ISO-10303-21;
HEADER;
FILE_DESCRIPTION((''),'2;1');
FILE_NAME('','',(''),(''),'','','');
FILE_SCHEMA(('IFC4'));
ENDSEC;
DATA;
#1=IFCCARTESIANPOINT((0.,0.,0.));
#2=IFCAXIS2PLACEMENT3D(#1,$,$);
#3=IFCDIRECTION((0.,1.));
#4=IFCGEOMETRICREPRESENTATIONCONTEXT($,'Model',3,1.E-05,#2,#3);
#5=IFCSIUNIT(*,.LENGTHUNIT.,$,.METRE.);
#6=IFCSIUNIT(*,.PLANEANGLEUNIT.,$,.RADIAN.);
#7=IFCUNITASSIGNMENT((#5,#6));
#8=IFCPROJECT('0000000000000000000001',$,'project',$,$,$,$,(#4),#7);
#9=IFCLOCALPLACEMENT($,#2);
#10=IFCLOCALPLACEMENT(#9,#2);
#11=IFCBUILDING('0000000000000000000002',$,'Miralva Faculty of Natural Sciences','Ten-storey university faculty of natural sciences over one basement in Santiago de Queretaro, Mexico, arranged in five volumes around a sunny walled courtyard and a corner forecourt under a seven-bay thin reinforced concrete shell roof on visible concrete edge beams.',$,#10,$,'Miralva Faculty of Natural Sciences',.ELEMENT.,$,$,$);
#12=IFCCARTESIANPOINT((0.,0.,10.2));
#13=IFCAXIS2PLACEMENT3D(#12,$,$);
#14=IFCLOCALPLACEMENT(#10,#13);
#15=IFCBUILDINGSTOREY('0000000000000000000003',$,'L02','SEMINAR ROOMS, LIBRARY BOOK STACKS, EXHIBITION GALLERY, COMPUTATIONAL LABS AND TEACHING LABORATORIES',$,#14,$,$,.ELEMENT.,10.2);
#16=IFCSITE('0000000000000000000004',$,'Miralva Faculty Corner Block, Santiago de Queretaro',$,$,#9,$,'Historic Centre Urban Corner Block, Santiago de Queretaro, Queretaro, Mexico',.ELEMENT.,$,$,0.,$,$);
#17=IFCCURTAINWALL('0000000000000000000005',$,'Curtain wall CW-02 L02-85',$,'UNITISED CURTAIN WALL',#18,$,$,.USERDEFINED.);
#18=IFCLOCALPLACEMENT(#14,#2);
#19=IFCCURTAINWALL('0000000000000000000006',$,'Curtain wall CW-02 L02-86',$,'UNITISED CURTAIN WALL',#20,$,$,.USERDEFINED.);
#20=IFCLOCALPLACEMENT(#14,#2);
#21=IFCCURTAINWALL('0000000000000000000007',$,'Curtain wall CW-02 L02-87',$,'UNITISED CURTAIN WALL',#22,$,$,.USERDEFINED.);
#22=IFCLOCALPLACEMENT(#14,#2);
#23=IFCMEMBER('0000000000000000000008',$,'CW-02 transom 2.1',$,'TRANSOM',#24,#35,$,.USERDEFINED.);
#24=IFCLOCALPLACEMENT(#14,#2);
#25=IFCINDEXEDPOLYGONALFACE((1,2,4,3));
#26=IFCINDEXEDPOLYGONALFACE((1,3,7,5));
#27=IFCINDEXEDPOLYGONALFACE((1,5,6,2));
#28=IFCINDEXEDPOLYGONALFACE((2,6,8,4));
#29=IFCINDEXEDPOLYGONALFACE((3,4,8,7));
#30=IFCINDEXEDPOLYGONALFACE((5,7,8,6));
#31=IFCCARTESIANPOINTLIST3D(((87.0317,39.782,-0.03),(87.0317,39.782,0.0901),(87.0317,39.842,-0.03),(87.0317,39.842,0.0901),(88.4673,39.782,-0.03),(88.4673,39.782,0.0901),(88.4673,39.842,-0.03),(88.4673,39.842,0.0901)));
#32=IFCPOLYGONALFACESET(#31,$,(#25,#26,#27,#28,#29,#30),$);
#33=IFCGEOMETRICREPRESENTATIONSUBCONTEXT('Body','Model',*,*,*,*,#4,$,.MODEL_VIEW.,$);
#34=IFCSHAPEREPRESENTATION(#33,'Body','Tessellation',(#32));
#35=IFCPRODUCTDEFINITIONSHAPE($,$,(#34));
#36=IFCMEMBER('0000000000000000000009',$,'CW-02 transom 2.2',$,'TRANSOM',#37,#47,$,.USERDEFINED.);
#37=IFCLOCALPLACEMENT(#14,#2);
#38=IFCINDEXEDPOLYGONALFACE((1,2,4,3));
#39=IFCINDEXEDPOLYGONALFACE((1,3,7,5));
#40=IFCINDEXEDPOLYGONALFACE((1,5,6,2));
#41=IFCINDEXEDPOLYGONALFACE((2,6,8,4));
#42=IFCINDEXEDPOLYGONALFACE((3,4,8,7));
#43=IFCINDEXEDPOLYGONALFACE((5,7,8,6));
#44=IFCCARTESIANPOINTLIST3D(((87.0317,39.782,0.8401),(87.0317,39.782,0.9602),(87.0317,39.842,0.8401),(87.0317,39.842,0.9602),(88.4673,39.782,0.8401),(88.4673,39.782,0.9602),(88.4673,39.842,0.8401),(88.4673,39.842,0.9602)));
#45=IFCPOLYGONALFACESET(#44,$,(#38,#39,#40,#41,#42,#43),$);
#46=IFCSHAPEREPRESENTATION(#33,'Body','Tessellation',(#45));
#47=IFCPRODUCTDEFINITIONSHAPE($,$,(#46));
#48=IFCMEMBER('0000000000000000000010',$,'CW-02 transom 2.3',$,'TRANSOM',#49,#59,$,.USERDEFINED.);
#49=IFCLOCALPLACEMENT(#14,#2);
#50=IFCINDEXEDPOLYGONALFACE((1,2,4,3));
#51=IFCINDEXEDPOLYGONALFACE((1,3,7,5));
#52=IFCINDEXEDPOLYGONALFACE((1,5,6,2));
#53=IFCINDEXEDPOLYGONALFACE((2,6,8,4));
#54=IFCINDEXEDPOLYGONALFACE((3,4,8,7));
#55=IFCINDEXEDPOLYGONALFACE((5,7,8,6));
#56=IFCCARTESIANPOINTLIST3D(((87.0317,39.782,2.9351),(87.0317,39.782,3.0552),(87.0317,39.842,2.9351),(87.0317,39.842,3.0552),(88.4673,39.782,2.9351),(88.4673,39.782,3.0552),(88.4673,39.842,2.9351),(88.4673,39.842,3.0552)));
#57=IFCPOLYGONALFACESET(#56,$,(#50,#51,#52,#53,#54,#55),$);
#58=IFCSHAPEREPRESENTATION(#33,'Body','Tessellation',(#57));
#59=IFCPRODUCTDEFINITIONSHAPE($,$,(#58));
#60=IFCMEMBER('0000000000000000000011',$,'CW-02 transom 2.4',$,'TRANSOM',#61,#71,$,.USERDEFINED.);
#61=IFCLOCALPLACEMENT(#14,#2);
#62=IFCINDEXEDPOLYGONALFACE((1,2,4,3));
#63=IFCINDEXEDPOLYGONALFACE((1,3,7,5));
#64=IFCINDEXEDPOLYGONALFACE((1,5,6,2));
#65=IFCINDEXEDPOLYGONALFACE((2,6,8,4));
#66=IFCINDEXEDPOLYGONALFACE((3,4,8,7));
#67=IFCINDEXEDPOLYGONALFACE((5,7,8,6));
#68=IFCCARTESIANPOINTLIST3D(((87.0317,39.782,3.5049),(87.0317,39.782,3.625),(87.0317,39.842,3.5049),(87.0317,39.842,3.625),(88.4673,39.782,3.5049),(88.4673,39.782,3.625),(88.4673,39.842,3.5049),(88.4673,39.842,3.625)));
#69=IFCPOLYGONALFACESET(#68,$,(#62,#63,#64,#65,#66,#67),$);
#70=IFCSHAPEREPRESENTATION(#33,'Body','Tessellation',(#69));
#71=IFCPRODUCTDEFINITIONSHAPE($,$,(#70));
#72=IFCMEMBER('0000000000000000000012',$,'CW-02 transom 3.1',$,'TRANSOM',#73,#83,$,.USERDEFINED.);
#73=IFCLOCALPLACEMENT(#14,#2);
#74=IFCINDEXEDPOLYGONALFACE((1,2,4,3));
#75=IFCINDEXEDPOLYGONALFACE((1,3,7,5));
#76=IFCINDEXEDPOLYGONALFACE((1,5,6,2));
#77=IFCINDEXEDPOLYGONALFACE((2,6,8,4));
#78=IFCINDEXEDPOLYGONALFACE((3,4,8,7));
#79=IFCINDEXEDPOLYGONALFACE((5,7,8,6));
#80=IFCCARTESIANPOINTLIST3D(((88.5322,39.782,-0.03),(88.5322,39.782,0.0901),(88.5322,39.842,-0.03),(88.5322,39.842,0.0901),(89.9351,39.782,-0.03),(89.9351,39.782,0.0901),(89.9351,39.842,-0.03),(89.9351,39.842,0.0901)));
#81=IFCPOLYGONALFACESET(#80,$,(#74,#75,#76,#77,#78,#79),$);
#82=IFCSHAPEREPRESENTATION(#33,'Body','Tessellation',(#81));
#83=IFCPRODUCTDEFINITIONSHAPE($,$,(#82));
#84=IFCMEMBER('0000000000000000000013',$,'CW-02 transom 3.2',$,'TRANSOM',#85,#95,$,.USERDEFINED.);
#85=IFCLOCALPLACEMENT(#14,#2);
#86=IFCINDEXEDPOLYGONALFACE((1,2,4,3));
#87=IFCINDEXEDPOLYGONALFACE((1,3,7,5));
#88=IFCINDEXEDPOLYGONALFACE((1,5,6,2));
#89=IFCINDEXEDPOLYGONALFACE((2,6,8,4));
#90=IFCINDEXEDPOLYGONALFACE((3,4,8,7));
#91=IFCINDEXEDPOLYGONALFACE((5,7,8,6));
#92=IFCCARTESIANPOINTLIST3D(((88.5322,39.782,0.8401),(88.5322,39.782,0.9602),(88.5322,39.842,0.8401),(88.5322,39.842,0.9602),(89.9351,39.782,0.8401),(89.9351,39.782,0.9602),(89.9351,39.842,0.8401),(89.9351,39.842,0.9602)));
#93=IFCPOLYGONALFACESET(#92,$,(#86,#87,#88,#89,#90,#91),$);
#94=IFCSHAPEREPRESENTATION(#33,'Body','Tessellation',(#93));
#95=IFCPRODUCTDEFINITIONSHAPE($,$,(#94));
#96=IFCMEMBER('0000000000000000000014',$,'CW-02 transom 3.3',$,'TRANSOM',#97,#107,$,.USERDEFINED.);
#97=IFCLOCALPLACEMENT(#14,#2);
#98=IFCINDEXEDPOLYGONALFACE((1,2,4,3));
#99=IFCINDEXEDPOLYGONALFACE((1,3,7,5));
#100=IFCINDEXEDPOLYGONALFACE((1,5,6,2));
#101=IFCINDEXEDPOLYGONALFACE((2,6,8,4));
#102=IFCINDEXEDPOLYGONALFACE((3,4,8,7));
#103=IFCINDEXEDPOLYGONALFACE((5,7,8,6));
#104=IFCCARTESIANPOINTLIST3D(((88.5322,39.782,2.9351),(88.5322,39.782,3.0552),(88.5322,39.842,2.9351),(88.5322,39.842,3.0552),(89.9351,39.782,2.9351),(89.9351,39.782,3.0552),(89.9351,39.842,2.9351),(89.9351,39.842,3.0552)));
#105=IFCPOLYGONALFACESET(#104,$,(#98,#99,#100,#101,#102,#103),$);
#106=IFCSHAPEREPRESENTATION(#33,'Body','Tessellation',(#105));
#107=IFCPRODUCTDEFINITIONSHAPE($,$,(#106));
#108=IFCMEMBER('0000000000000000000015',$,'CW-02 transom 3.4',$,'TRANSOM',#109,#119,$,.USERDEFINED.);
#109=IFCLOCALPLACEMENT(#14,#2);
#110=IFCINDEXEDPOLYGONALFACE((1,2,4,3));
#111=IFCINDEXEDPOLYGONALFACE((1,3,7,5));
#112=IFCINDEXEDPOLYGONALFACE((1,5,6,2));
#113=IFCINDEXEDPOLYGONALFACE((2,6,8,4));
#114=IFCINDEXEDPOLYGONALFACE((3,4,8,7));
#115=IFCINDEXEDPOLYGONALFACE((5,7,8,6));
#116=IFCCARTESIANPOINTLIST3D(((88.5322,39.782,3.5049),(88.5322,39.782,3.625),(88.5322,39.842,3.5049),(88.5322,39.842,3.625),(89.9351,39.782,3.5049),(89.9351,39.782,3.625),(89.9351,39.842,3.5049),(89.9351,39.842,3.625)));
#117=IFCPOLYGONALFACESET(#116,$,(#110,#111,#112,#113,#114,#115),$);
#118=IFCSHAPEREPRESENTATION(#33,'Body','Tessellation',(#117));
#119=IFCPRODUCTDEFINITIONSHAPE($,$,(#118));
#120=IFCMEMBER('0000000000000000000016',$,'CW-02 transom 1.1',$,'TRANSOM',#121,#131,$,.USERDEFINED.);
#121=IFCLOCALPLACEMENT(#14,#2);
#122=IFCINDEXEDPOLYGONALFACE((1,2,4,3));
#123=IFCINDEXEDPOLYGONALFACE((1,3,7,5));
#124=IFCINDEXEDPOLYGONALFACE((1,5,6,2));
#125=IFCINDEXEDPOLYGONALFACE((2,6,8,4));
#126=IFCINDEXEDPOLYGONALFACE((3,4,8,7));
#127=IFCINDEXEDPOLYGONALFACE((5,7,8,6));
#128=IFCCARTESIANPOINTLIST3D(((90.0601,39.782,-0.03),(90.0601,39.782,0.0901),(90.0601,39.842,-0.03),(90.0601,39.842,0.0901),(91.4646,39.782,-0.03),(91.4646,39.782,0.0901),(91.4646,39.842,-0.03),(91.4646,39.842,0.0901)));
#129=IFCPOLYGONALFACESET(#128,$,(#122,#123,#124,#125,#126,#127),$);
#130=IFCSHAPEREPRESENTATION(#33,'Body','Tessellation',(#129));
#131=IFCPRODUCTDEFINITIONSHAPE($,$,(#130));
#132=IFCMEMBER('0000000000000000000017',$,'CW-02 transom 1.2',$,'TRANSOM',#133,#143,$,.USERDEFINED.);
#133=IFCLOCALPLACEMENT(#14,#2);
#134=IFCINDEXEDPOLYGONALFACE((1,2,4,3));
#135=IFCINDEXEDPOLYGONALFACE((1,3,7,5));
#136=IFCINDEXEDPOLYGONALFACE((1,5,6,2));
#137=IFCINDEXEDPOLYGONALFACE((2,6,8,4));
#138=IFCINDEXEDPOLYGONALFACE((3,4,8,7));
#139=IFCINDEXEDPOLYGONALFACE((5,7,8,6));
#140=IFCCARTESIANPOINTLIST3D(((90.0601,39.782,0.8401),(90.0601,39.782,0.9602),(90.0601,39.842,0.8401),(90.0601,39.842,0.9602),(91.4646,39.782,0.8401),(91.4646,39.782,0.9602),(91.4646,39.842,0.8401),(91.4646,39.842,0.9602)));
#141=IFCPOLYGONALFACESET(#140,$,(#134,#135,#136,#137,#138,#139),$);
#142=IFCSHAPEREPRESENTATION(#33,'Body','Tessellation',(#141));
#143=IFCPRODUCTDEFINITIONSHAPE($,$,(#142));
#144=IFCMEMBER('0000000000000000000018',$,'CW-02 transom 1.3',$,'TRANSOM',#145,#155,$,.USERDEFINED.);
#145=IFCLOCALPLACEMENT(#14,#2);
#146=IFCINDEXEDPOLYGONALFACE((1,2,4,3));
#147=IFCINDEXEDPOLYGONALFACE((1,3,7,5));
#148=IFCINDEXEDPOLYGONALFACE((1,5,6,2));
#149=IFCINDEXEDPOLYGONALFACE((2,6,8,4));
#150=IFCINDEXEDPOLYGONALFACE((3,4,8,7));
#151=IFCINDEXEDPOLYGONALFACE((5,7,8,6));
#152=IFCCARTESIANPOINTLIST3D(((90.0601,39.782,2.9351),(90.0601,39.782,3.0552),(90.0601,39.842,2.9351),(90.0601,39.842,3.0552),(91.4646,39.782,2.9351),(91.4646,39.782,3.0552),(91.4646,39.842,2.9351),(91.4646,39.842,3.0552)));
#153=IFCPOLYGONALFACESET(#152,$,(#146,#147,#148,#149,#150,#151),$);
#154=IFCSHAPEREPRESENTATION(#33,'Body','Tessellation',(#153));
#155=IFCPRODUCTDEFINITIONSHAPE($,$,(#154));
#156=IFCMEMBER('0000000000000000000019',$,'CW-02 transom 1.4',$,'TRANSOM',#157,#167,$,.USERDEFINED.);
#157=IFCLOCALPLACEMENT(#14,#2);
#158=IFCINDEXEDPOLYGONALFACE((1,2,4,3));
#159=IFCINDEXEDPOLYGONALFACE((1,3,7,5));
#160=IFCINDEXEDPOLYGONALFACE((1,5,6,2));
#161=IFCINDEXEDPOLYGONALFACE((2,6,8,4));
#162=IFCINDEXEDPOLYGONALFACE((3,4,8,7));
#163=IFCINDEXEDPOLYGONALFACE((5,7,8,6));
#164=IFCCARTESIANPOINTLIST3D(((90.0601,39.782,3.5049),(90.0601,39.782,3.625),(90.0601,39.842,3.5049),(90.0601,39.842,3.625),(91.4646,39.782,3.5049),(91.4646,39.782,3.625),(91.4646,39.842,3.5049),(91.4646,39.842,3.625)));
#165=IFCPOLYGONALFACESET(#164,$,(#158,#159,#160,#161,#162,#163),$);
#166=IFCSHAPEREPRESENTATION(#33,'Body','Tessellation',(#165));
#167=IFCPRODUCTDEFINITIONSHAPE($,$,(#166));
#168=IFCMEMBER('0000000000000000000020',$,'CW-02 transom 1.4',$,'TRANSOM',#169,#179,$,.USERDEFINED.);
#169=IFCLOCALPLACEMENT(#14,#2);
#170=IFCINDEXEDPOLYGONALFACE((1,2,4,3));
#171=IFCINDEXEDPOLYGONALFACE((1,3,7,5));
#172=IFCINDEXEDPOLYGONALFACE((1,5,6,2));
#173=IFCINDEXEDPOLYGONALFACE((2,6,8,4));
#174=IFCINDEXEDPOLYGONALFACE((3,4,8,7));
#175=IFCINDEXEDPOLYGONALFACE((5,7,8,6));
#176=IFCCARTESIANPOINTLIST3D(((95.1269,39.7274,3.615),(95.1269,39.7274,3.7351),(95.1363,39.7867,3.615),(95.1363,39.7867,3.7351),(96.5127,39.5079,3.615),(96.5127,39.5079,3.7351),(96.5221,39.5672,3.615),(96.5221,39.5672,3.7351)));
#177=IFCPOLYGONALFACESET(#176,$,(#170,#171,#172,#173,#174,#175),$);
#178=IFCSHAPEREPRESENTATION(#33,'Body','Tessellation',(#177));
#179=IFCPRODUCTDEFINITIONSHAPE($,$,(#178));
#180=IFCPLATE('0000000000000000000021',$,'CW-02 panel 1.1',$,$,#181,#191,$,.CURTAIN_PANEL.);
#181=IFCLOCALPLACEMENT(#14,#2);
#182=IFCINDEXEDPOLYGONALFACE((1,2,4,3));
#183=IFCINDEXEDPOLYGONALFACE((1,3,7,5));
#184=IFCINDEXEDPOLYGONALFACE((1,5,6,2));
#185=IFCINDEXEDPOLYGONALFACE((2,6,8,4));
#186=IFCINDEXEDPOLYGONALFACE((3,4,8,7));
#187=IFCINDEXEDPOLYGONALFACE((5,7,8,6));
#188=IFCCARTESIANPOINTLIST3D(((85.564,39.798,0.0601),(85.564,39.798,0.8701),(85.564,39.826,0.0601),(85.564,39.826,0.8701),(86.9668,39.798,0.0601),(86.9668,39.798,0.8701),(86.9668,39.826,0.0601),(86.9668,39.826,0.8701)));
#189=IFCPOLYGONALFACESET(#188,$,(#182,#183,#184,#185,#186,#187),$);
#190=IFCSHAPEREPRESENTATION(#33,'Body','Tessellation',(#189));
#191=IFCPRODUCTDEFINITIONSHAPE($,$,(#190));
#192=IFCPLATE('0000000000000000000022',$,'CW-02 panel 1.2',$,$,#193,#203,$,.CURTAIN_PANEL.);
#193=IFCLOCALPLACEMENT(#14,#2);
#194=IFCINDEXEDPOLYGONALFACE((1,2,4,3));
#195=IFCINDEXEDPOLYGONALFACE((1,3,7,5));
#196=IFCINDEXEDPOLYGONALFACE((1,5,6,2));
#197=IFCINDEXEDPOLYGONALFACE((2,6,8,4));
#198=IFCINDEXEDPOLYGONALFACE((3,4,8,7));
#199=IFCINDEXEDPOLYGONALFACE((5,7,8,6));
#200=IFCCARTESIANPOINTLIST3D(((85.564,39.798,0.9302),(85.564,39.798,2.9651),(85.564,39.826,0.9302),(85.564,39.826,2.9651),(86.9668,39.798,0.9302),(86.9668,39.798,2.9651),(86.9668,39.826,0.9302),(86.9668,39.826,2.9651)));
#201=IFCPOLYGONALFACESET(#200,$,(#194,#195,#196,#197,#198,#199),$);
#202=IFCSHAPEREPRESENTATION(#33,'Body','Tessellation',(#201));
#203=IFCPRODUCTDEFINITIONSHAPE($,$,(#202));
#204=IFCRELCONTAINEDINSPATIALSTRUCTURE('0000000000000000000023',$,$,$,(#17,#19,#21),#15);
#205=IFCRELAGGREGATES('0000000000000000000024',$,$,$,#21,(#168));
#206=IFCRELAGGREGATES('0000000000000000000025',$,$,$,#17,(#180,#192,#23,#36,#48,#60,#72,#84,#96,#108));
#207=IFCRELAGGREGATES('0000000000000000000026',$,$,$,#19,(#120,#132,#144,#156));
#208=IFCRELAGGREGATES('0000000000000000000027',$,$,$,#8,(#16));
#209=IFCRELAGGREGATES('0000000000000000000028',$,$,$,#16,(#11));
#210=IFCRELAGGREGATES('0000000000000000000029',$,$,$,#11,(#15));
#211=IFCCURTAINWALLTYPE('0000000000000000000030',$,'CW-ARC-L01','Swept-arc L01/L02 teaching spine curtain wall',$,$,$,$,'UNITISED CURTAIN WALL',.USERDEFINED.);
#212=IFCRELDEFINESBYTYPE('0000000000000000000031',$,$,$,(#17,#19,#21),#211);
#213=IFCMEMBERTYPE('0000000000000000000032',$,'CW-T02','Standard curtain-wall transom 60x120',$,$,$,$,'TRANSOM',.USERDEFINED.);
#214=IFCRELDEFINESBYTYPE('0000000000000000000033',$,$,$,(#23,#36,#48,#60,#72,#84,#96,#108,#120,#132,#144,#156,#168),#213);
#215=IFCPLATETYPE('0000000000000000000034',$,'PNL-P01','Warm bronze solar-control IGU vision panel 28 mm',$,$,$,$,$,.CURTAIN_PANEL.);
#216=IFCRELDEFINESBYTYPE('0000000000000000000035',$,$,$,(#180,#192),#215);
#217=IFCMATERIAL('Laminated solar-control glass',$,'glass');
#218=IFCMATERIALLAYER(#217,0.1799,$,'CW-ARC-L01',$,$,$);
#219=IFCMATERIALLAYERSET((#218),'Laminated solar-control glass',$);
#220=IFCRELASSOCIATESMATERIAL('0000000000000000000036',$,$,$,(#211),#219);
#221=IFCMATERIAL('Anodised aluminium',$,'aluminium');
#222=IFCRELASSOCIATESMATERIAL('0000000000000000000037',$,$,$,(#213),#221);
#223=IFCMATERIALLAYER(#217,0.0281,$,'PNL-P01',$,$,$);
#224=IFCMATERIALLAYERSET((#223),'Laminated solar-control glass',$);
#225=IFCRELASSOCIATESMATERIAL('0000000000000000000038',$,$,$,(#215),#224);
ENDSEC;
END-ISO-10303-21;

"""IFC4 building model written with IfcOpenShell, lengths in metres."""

from ifc_helpers import new_model, si_unit, direction, frame, origin, origin_2d, place, context, subcontext, project, spatial, rectangle, extrude, material, layer, layer_set, material_profile, profile_set, type_object, element, aggregate, save


model = new_model("IFC4")

# Units and contexts
model_context = context("Model", 3, precision=1e-05, world=origin(), true_north=direction((0.0, 1.0)))
body_context = subcontext(model_context, "Body", "Model", "MODEL_VIEW")
ifc_project = project(units=[si_unit("LENGTHUNIT", "METRE"), si_unit("PLANEANGLEUNIT", "RADIAN")], contexts=[model_context])

# Site, building, storey
site_placement = place(None, origin())
site = spatial("IfcSite", under=ifc_project, at=site_placement, Name="Miralva Faculty Corner Block, Santiago de Queretaro", LongName="Historic Centre Urban Corner Block, Santiago de Queretaro, Queretaro, Mexico", CompositionType="ELEMENT", RefElevation=0.0)
building_placement = place(site_placement, origin())
building = spatial("IfcBuilding", under=site, at=building_placement, Name="Miralva Faculty of Natural Sciences", Description="Ten-storey university faculty of natural sciences over one basement in Santiago de Queretaro, Mexico, arranged in five volumes around a sunny walled courtyard and a corner forecourt under a seven-bay thin reinforced concrete shell roof on visible concrete edge beams.", LongName="Miralva Faculty of Natural Sciences", CompositionType="ELEMENT")
storey_placement = place(building_placement, frame((0.0, 0.0, 10.2)))
storey = spatial("IfcBuildingStorey", under=building, at=storey_placement, Name="L02", Description="SEMINAR ROOMS, LIBRARY BOOK STACKS, EXHIBITION GALLERY, COMPUTATIONAL LABS AND TEACHING LABORATORIES", CompositionType="ELEMENT", Elevation=10.2)

# Shared definitions
ifc_material_1 = material(Name="Laminated solar-control glass", Category="glass")
ifc_layer_1 = layer(ifc_material_1, 0.1799, Name="CW-ARC-L01")
ifc_layer_set_1 = layer_set([ifc_layer_1], Name="Laminated solar-control glass")
curtain_wall_type = type_object("IfcCurtainWallType", Name="CW-ARC-L01", Description="Swept-arc L01/L02 teaching spine curtain wall", ElementType="UNITISED CURTAIN WALL", PredefinedType="USERDEFINED", material=ifc_layer_set_1)
ifc_material_2 = material(Name="Anodised aluminium", Category="aluminium")

# Curtain wall
curtain_wall_1_placement = place(storey_placement, origin())
curtain_wall_1 = element("IfcCurtainWall", 1, at=curtain_wall_1_placement, inside=storey, type_object=curtain_wall_type, Name="Curtain wall CW-02 L02-85", ObjectType="UNITISED CURTAIN WALL", PredefinedType="USERDEFINED")

# Curtain walls
curtain_wall_2_placement = place(storey_placement, origin())
curtain_wall_2 = element("IfcCurtainWall", 2, at=curtain_wall_2_placement, inside=storey, type_object=curtain_wall_type, Name="Curtain wall CW-02 L02-86", ObjectType="UNITISED CURTAIN WALL", PredefinedType="USERDEFINED")
curtain_wall_3_placement = place(storey_placement, origin())
curtain_wall_3 = element("IfcCurtainWall", 3, at=curtain_wall_3_placement, inside=storey, type_object=curtain_wall_type, Name="Curtain wall CW-02 L02-87", ObjectType="UNITISED CURTAIN WALL", PredefinedType="USERDEFINED")

# Members
ifc_material_profile_1 = material_profile(ifc_material_2, rectangle(XDim=0.0601, YDim=0.1201, at=origin_2d()), Name="TRANSOM 60x120")
ifc_profile_set_1 = profile_set([ifc_material_profile_1], Name="Anodised aluminium")
member_type_1 = type_object("IfcMemberType", Name="CW-T02", Description="Standard curtain-wall transom 60x120", ElementType="TRANSOM", PredefinedType="USERDEFINED", material=ifc_profile_set_1)
member_1_placement = place(storey_placement, frame((87.0317, 39.812, 0.03), z_axis=(1.0, 0.0, 0.0), x_axis=(0.0, 1.0, 0.0)))
member_1 = element("IfcMember", 4, at=member_1_placement, type_object=member_type_1, Name="CW-02 transom 2.1", ObjectType="TRANSOM", PredefinedType="USERDEFINED", context=body_context, shape_type="SweptSolid", body=[
    extrude(rectangle(XDim=0.0601, YDim=0.1201, at=origin_2d()), origin(), (0.0, 0.0, 1.0), 1.4355),
])
member_2_placement = place(storey_placement, frame((87.0317, 39.812, 0.9001), z_axis=(1.0, 0.0, 0.0), x_axis=(0.0, 1.0, 0.0)))
member_2 = element("IfcMember", 5, at=member_2_placement, type_object=member_type_1, Name="CW-02 transom 2.2", ObjectType="TRANSOM", PredefinedType="USERDEFINED", context=body_context, shape_type="SweptSolid", body=[
    extrude(rectangle(XDim=0.0601, YDim=0.1201, at=origin_2d()), origin(), (0.0, 0.0, 1.0), 1.4355),
])
member_3_placement = place(storey_placement, frame((87.0317, 39.812, 2.9951), z_axis=(1.0, 0.0, 0.0), x_axis=(0.0, 1.0, 0.0)))
member_3 = element("IfcMember", 6, at=member_3_placement, type_object=member_type_1, Name="CW-02 transom 2.3", ObjectType="TRANSOM", PredefinedType="USERDEFINED", context=body_context, shape_type="SweptSolid", body=[
    extrude(rectangle(XDim=0.0601, YDim=0.1201, at=origin_2d()), origin(), (0.0, 0.0, 1.0), 1.4355),
])
member_4_placement = place(storey_placement, frame((87.0317, 39.812, 3.5649), z_axis=(1.0, 0.0, 0.0), x_axis=(0.0, 1.0, 0.0)))
member_4 = element("IfcMember", 7, at=member_4_placement, type_object=member_type_1, Name="CW-02 transom 2.4", ObjectType="TRANSOM", PredefinedType="USERDEFINED", context=body_context, shape_type="SweptSolid", body=[
    extrude(rectangle(XDim=0.0601, YDim=0.1201, at=origin_2d()), origin(), (0.0, 0.0, 1.0), 1.4355),
])
member_5_placement = place(storey_placement, frame((88.5322, 39.812, 0.03), z_axis=(1.0, 0.0, 0.0), x_axis=(0.0, 1.0, 0.0)))
member_5 = element("IfcMember", 8, at=member_5_placement, type_object=member_type_1, Name="CW-02 transom 3.1", ObjectType="TRANSOM", PredefinedType="USERDEFINED", context=body_context, shape_type="SweptSolid", body=[
    extrude(rectangle(XDim=0.0601, YDim=0.1201, at=origin_2d()), origin(), (0.0, 0.0, 1.0), 1.4028),
])
member_6_placement = place(storey_placement, frame((88.5322, 39.812, 0.9001), z_axis=(1.0, 0.0, 0.0), x_axis=(0.0, 1.0, 0.0)))
member_6 = element("IfcMember", 9, at=member_6_placement, type_object=member_type_1, Name="CW-02 transom 3.2", ObjectType="TRANSOM", PredefinedType="USERDEFINED", context=body_context, shape_type="SweptSolid", body=[
    extrude(rectangle(XDim=0.0601, YDim=0.1201, at=origin_2d()), origin(), (0.0, 0.0, 1.0), 1.4028),
])
member_7_placement = place(storey_placement, frame((88.5322, 39.812, 2.9951), z_axis=(1.0, 0.0, 0.0), x_axis=(0.0, 1.0, 0.0)))
member_7 = element("IfcMember", 10, at=member_7_placement, type_object=member_type_1, Name="CW-02 transom 3.3", ObjectType="TRANSOM", PredefinedType="USERDEFINED", context=body_context, shape_type="SweptSolid", body=[
    extrude(rectangle(XDim=0.0601, YDim=0.1201, at=origin_2d()), origin(), (0.0, 0.0, 1.0), 1.4028),
])
member_8_placement = place(storey_placement, frame((88.5322, 39.812, 3.5649), z_axis=(1.0, 0.0, 0.0), x_axis=(0.0, 1.0, 0.0)))
member_8 = element("IfcMember", 11, at=member_8_placement, type_object=member_type_1, Name="CW-02 transom 3.4", ObjectType="TRANSOM", PredefinedType="USERDEFINED", context=body_context, shape_type="SweptSolid", body=[
    extrude(rectangle(XDim=0.0601, YDim=0.1201, at=origin_2d()), origin(), (0.0, 0.0, 1.0), 1.4028),
])
member_9_placement = place(storey_placement, frame((90.0601, 39.812, 0.03), z_axis=(1.0, 0.0, 0.0), x_axis=(0.0, 1.0, 0.0)))
member_9 = element("IfcMember", 12, at=member_9_placement, type_object=member_type_1, Name="CW-02 transom 1.1", ObjectType="TRANSOM", PredefinedType="USERDEFINED", context=body_context, shape_type="SweptSolid", body=[
    extrude(rectangle(XDim=0.0601, YDim=0.1201, at=origin_2d()), origin(), (0.0, 0.0, 1.0), 1.4045),
])
member_10_placement = place(storey_placement, frame((90.0601, 39.812, 0.9001), z_axis=(1.0, 0.0, 0.0), x_axis=(0.0, 1.0, 0.0)))
member_10 = element("IfcMember", 13, at=member_10_placement, type_object=member_type_1, Name="CW-02 transom 1.2", ObjectType="TRANSOM", PredefinedType="USERDEFINED", context=body_context, shape_type="SweptSolid", body=[
    extrude(rectangle(XDim=0.0601, YDim=0.1201, at=origin_2d()), origin(), (0.0, 0.0, 1.0), 1.4045),
])
member_11_placement = place(storey_placement, frame((90.0601, 39.812, 2.9951), z_axis=(1.0, 0.0, 0.0), x_axis=(0.0, 1.0, 0.0)))
member_11 = element("IfcMember", 14, at=member_11_placement, type_object=member_type_1, Name="CW-02 transom 1.3", ObjectType="TRANSOM", PredefinedType="USERDEFINED", context=body_context, shape_type="SweptSolid", body=[
    extrude(rectangle(XDim=0.0601, YDim=0.1201, at=origin_2d()), origin(), (0.0, 0.0, 1.0), 1.4045),
])
member_12_placement = place(storey_placement, frame((90.0601, 39.812, 3.5649), z_axis=(1.0, 0.0, 0.0), x_axis=(0.0, 1.0, 0.0)))
member_12 = element("IfcMember", 15, at=member_12_placement, type_object=member_type_1, Name="CW-02 transom 1.4", ObjectType="TRANSOM", PredefinedType="USERDEFINED", context=body_context, shape_type="SweptSolid", body=[
    extrude(rectangle(XDim=0.0601, YDim=0.1201, at=origin_2d()), origin(), (0.0, 0.0, 1.0), 1.4045),
])
member_13_placement = place(storey_placement, frame((95.1316, 39.7571, 3.675), z_axis=(0.987688, -0.156436, 0.0), x_axis=(0.156436, 0.987688, 0.0)))
member_13 = element("IfcMember", 16, at=member_13_placement, type_object=member_type_1, Name="CW-02 transom 1.4", ObjectType="TRANSOM", PredefinedType="USERDEFINED", context=body_context, shape_type="SweptSolid", body=[
    extrude(rectangle(XDim=0.0601, YDim=0.1201, at=origin_2d()), origin(), (0.0, 0.0, 1.0), 1.4031),
])
aggregate(curtain_wall_3, [member_13])

# Plates
ifc_layer_2 = layer(ifc_material_1, 0.0281, Name="PNL-P01")
ifc_layer_set_2 = layer_set([ifc_layer_2], Name="Laminated solar-control glass")
plate_type = type_object("IfcPlateType", Name="PNL-P01", Description="Warm bronze solar-control IGU vision panel 28 mm", PredefinedType="CURTAIN_PANEL", material=ifc_layer_set_2)
plate_1_placement = place(storey_placement, frame((86.2654, 39.812, 0.0601), z_axis=(0.0, 0.0, 1.0), x_axis=(1.0, 0.0, 0.0)))
plate_1 = element("IfcPlate", 17, at=plate_1_placement, type_object=plate_type, Name="CW-02 panel 1.1", PredefinedType="CURTAIN_PANEL", context=body_context, shape_type="SweptSolid", body=[
    extrude(rectangle(XDim=1.4028, YDim=0.0281, at=origin_2d()), origin(), (0.0, 0.0, 1.0), 0.8101),
])
plate_2_placement = place(storey_placement, frame((86.2654, 39.812, 0.9302), z_axis=(0.0, 0.0, 1.0), x_axis=(1.0, 0.0, 0.0)))
plate_2 = element("IfcPlate", 18, at=plate_2_placement, type_object=plate_type, Name="CW-02 panel 1.2", PredefinedType="CURTAIN_PANEL", context=body_context, shape_type="SweptSolid", body=[
    extrude(rectangle(XDim=1.4028, YDim=0.0281, at=origin_2d()), origin(), (0.0, 0.0, 1.0), 2.0349),
])
aggregate(curtain_wall_1, [plate_1, plate_2, member_1, member_2, member_3, member_4, member_5, member_6, member_7, member_8])
aggregate(curtain_wall_2, [member_9, member_10, member_11, member_12])

save(model, "model.ifc")
